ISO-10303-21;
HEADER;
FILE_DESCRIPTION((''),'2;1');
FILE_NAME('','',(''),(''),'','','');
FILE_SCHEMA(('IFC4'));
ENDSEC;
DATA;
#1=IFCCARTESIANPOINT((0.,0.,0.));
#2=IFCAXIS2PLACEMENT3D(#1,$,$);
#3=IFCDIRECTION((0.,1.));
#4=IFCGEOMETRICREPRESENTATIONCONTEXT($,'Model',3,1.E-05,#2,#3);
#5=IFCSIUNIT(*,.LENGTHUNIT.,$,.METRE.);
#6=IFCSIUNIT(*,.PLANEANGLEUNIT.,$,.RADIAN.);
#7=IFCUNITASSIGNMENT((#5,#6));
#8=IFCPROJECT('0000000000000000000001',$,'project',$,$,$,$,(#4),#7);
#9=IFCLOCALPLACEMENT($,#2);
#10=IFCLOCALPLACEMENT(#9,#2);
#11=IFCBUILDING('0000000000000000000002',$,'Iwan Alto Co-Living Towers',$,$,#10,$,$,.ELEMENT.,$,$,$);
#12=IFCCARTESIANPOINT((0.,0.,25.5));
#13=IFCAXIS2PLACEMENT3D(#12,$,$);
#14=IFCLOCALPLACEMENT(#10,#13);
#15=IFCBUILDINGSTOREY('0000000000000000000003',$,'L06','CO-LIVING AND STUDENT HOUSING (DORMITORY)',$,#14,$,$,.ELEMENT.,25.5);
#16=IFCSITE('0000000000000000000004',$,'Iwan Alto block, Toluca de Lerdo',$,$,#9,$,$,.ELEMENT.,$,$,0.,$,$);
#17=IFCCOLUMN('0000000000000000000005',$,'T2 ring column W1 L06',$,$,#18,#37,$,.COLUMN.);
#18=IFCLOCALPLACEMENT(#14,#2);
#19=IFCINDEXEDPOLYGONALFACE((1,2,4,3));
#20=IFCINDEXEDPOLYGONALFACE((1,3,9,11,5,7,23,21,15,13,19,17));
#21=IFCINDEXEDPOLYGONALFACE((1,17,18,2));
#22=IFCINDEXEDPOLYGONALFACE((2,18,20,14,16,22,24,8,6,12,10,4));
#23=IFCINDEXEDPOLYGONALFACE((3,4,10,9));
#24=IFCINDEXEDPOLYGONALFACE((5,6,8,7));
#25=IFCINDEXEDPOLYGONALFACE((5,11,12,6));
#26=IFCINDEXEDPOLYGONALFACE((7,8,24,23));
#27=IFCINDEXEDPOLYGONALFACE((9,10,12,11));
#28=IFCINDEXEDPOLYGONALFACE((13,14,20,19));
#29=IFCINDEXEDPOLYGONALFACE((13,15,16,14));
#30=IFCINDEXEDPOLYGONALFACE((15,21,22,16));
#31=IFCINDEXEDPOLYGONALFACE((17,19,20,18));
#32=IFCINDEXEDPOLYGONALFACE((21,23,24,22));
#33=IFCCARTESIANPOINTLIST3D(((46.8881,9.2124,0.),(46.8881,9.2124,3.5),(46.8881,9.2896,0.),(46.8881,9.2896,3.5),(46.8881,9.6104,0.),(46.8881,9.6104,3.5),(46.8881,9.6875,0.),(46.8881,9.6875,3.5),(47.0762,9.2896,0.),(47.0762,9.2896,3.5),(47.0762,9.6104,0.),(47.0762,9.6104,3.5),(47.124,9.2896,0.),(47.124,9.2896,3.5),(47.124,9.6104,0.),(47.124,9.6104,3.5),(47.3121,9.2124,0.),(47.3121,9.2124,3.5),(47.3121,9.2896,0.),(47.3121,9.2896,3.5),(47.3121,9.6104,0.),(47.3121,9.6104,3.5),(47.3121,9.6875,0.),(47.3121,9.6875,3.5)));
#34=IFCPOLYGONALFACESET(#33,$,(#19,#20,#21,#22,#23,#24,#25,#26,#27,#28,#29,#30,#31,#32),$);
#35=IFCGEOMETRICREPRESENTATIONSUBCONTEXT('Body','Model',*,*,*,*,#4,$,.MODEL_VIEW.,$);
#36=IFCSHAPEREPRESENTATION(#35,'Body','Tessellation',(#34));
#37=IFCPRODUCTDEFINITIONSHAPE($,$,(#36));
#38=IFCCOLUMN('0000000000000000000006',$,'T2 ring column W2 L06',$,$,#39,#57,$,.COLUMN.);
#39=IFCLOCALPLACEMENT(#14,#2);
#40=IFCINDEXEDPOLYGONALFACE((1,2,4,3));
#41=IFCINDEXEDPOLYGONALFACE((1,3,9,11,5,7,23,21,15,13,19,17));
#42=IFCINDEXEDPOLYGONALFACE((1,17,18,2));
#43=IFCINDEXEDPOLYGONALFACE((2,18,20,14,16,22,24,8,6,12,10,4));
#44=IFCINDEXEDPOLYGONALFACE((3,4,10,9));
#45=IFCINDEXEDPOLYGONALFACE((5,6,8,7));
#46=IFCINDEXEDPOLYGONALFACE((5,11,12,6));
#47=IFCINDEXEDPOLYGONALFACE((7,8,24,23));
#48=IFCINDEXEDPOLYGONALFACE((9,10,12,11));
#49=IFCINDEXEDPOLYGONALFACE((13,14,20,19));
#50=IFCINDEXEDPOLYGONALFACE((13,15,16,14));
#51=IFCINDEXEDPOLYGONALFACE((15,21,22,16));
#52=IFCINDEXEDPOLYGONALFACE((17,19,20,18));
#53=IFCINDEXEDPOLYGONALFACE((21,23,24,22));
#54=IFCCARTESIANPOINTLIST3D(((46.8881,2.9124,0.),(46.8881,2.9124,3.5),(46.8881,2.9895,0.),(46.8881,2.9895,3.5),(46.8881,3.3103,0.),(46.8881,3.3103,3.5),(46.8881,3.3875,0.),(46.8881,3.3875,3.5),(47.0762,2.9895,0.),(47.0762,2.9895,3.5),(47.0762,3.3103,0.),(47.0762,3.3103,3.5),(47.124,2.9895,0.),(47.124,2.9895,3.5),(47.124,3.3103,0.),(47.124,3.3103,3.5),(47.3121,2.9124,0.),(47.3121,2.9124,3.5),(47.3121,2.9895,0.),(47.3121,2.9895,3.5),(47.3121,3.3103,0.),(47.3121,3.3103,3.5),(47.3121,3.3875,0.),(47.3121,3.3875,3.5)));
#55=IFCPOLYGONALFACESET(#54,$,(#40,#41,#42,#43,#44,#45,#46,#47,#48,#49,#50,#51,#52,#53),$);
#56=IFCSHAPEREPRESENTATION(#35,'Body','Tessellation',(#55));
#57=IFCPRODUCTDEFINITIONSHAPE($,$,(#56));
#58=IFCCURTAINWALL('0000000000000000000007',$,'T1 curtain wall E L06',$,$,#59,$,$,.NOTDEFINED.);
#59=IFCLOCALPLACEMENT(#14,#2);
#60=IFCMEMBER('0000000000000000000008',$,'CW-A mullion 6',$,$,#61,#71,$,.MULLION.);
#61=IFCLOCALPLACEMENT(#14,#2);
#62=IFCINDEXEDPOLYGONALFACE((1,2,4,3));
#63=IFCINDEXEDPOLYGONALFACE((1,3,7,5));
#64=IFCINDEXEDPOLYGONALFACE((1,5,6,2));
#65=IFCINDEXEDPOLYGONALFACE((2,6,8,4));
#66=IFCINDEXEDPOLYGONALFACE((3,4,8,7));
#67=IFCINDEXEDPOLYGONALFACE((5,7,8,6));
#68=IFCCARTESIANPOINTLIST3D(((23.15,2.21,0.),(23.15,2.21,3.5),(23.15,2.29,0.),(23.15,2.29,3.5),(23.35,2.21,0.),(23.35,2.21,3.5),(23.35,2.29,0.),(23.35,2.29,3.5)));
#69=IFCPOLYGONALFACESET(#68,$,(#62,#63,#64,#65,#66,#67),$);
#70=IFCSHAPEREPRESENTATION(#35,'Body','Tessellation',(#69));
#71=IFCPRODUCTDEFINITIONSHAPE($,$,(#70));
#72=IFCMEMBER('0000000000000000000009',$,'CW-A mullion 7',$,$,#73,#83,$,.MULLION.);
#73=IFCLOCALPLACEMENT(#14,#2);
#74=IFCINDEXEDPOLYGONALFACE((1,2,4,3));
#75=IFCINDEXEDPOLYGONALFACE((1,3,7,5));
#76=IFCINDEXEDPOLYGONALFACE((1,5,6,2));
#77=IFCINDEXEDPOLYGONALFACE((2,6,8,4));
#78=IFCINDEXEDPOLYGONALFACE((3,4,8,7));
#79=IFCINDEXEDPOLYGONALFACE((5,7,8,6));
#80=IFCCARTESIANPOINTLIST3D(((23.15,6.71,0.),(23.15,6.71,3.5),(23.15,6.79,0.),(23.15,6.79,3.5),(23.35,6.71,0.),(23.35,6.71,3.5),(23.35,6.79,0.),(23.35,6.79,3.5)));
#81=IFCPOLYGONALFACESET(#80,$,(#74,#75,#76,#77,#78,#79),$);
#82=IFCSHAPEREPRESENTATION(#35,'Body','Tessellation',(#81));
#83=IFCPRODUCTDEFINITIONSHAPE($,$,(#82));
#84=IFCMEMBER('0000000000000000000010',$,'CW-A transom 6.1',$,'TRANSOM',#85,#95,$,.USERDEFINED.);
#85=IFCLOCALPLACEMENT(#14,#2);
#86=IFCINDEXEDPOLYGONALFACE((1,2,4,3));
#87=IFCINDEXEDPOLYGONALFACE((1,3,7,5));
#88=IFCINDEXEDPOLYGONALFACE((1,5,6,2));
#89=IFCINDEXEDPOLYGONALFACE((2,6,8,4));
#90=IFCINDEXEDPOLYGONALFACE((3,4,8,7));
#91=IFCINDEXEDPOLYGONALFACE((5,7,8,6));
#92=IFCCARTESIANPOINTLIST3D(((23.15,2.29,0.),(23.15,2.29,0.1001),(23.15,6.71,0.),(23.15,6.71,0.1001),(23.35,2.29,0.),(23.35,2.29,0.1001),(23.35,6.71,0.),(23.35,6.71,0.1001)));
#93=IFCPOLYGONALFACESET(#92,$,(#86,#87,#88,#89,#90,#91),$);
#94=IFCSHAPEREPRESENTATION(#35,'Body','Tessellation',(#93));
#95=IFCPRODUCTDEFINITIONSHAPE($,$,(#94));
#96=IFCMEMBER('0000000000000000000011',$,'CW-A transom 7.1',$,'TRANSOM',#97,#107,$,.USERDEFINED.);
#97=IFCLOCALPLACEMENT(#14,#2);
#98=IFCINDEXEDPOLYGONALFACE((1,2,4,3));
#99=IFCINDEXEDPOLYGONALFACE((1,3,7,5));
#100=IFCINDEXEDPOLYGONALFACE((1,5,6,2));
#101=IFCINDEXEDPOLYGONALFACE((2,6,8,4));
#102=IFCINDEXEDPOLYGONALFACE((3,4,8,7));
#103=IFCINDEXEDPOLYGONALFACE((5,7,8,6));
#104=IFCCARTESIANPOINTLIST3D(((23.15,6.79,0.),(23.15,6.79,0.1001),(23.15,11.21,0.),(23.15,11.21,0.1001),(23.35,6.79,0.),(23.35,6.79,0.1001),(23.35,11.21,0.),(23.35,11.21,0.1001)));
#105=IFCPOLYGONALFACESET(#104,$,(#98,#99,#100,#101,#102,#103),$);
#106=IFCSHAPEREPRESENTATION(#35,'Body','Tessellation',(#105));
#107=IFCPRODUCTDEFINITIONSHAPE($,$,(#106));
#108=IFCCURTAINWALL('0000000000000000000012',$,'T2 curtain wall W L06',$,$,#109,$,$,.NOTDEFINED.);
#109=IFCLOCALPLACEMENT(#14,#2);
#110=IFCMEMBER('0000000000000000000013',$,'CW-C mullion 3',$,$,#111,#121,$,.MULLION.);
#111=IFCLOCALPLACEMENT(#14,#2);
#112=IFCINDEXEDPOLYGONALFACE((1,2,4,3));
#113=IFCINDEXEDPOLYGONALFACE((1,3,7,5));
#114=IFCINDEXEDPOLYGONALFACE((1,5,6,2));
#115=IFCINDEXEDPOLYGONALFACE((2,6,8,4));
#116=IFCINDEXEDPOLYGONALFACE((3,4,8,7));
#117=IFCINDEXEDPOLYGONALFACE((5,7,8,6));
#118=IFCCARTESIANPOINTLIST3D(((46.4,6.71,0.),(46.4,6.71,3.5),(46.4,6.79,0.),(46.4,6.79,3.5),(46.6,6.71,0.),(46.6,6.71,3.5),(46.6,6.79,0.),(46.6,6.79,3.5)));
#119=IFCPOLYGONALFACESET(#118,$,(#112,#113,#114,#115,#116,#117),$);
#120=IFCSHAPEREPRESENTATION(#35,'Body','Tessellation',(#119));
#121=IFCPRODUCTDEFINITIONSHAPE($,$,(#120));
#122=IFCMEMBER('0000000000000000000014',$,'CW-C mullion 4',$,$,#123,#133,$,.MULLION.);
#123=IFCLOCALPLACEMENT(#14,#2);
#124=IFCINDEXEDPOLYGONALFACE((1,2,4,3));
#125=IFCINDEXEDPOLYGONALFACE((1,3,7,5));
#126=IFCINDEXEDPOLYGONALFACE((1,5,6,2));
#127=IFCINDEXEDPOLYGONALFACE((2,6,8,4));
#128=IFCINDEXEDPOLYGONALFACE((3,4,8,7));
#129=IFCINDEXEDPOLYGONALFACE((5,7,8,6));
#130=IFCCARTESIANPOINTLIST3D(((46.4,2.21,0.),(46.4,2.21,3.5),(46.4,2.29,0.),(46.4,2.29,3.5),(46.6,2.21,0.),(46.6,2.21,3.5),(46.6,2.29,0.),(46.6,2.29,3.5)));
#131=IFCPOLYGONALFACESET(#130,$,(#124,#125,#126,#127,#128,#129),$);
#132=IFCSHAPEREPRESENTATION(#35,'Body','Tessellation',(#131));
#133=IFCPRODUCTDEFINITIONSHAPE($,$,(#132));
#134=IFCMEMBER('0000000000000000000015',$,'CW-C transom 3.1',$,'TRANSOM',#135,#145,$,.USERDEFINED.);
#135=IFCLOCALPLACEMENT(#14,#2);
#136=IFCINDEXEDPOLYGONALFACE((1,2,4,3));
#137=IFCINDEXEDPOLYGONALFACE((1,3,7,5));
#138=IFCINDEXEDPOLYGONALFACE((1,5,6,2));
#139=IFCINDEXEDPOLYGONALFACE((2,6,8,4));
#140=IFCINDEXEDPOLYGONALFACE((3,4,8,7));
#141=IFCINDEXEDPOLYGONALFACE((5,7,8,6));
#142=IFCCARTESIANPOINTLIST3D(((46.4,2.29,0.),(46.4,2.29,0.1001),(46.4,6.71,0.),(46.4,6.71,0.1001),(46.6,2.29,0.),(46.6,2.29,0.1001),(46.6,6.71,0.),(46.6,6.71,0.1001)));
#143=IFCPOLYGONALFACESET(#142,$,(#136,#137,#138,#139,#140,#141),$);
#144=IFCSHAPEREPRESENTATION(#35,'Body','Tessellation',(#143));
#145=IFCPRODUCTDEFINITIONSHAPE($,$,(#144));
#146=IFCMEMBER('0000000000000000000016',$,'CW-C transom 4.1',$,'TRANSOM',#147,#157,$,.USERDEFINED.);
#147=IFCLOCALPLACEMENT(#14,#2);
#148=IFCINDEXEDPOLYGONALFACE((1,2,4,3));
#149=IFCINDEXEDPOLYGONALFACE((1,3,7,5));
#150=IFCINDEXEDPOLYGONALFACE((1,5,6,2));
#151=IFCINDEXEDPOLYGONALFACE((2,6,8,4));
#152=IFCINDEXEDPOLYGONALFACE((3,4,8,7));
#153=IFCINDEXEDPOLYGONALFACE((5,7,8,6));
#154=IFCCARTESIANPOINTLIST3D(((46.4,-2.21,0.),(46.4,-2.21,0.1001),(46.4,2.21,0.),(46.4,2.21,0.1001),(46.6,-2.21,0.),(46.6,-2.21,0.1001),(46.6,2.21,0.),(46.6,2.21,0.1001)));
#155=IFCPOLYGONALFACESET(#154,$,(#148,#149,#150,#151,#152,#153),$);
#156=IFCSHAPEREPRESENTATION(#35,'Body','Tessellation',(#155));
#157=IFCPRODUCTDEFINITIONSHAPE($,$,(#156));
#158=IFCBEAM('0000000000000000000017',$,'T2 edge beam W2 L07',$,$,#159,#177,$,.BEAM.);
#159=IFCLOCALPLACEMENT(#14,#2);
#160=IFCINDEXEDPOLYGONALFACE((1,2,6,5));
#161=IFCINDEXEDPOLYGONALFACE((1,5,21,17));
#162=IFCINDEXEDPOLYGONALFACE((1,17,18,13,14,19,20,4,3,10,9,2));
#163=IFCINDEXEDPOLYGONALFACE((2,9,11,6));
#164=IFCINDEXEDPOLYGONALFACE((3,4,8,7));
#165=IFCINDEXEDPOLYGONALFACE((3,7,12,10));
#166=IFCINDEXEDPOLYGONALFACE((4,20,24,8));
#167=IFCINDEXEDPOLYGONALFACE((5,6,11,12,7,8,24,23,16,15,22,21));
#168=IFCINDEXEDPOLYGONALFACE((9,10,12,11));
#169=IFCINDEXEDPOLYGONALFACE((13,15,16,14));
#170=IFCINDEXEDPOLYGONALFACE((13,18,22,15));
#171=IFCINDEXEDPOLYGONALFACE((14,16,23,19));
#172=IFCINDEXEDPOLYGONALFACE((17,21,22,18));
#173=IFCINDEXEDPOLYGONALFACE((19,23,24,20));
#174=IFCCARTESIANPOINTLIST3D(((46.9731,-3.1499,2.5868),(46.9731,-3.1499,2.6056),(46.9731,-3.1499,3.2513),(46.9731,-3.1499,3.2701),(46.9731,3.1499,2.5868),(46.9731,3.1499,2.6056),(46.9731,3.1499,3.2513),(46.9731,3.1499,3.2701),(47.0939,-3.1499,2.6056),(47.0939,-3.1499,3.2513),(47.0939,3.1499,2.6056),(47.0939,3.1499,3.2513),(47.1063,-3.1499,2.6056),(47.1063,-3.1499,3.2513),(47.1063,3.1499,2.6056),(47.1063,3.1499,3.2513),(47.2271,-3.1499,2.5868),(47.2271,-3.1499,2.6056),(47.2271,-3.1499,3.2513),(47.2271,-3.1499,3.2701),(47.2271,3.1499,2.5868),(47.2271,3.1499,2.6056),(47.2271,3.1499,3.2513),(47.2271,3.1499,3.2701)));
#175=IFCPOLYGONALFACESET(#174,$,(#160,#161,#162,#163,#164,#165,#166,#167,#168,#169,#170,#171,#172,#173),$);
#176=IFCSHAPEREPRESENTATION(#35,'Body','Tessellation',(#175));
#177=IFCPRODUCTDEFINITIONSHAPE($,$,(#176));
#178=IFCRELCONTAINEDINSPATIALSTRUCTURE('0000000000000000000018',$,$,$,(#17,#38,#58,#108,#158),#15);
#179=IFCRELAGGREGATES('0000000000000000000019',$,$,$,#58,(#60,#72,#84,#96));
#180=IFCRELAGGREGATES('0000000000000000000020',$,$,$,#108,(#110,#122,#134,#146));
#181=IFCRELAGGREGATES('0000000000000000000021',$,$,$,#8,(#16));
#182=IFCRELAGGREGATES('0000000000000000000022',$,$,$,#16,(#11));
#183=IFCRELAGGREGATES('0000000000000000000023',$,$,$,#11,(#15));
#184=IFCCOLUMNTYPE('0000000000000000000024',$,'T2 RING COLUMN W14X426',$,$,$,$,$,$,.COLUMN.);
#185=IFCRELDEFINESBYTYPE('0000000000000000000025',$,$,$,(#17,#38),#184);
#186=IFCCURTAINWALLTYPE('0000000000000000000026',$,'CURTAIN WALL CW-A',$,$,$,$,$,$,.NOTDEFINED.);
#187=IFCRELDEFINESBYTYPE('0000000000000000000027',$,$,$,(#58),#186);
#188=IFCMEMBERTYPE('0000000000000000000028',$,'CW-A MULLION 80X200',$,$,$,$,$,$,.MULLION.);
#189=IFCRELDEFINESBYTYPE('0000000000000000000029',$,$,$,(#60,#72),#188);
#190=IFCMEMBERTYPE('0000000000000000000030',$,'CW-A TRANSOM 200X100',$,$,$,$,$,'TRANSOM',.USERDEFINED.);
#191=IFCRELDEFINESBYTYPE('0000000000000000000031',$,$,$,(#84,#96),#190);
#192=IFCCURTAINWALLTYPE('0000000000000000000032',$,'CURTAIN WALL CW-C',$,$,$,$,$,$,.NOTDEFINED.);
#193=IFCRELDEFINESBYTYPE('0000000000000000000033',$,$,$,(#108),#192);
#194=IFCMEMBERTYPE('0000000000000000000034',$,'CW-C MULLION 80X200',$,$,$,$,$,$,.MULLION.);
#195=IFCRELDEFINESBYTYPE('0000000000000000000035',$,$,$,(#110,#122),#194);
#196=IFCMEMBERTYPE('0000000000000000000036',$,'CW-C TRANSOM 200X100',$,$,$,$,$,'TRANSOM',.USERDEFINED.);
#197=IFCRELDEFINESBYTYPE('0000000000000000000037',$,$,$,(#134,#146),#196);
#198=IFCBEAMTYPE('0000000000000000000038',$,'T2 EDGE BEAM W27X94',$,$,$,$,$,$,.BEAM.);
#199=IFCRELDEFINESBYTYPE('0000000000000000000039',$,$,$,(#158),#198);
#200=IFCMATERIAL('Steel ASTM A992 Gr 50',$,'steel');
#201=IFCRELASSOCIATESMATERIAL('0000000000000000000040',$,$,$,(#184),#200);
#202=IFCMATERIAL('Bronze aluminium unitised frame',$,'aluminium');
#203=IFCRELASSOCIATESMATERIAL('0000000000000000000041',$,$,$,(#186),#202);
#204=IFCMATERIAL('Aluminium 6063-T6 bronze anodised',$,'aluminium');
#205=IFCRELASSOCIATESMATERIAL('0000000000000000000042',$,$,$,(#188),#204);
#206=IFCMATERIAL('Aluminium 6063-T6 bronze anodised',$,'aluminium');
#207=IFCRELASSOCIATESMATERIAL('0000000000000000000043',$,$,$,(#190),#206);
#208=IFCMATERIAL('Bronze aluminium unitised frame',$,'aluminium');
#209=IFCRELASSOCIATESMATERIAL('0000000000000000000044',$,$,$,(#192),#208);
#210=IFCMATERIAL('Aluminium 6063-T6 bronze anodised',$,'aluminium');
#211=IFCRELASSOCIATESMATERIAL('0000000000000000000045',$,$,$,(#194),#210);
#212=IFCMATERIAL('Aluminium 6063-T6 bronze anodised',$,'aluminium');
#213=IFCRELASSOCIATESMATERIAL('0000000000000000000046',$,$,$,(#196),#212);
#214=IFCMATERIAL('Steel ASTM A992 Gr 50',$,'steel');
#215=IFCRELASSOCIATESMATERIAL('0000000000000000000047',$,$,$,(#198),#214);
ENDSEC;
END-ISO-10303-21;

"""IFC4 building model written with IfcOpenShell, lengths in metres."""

from ifc_helpers import new_model, si_unit, direction, frame, origin, origin_2d, place, context, subcontext, project, spatial, rectangle, i_section, extrude, material, material_profile, profile_set, type_object, element, aggregate, save


model = new_model("IFC4")

# Units and contexts
model_context = context("Model", 3, precision=1e-05, world=origin(), true_north=direction((0.0, 1.0)))
body_context = subcontext(model_context, "Body", "Model", "MODEL_VIEW")
ifc_project = project(units=[si_unit("LENGTHUNIT", "METRE"), si_unit("PLANEANGLEUNIT", "RADIAN")], contexts=[model_context])

# Site, building, storey
site_placement = place(None, origin())
site = spatial("IfcSite", under=ifc_project, at=site_placement, Name="Iwan Alto block, Toluca de Lerdo", CompositionType="ELEMENT", RefElevation=0.0)
building_placement = place(site_placement, origin())
building = spatial("IfcBuilding", under=site, at=building_placement, Name="Iwan Alto Co-Living Towers", CompositionType="ELEMENT")
storey_placement = place(building_placement, frame((0.0, 0.0, 25.5)))
storey = spatial("IfcBuildingStorey", under=building, at=storey_placement, Name="L06", Description="CO-LIVING AND STUDENT HOUSING (DORMITORY)", CompositionType="ELEMENT", Elevation=25.5)

# Columns
ifc_material_1 = material(Name="Steel ASTM A992 Gr 50", Category="steel")
ifc_material_profile_1 = material_profile(ifc_material_1, i_section(OverallWidth=0.4241, OverallDepth=0.4751, WebThickness=0.0479, FlangeThickness=0.0771, at=origin_2d()), Name="W14X426")
ifc_profile_set_1 = profile_set([ifc_material_profile_1], Name="Steel ASTM A992 Gr 50")
column_type = type_object("IfcColumnType", Name="T2 RING COLUMN W14X426", PredefinedType="COLUMN", material=ifc_profile_set_1)
for number, where, z_axis, x_axis, name in (
    (1, (47.1001, 9.45, 0.0), (0.0, 0.0, 1.0), (1.0, 0.0, 0.0), "T2 ring column W1 L06"),
    (2, (47.1001, 3.1499, 0.0), (0.0, 0.0, 1.0), (1.0, 0.0, 0.0), "T2 ring column W2 L06"),
):
    element("IfcColumn", number, at=place(storey_placement, frame(where, z_axis=z_axis, x_axis=x_axis)), inside=storey, type_object=column_type, Name=name, PredefinedType="COLUMN", context=body_context, shape_type="SweptSolid", body=[
        extrude(i_section(OverallWidth=0.4241, OverallDepth=0.4751, WebThickness=0.0479, FlangeThickness=0.0771, at=origin_2d()), origin(), (0.0, 0.0, 1.0), 3.5),
    ])

# Curtain walls, members
ifc_material_2 = material(Name="Bronze aluminium unitised frame", Category="aluminium")
curtain_wall_type_1 = type_object("IfcCurtainWallType", Name="CURTAIN WALL CW-A", PredefinedType="NOTDEFINED", material=ifc_material_2)
curtain_wall_1_placement = place(storey_placement, origin())
curtain_wall_1 = element("IfcCurtainWall", 3, at=curtain_wall_1_placement, inside=storey, type_object=curtain_wall_type_1, Name="T1 curtain wall E L06", PredefinedType="NOTDEFINED")
ifc_material_3 = material(Name="Aluminium 6063-T6 bronze anodised", Category="aluminium")
ifc_material_profile_2 = material_profile(ifc_material_3, rectangle(XDim=0.2, YDim=0.0801, at=origin_2d()), Name="AL 80X200")
ifc_profile_set_2 = profile_set([ifc_material_profile_2], Name="Aluminium 6063-T6 bronze anodised")
member_type_1 = type_object("IfcMemberType", Name="CW-A MULLION 80X200", PredefinedType="MULLION", material=ifc_profile_set_2)
member_1_placement = place(storey_placement, frame((23.25, 2.25, 0.0), z_axis=(0.0, 0.0, 1.0), x_axis=(-1.0, 0.0, 0.0)))
member_1 = element("IfcMember", 4, at=member_1_placement, type_object=member_type_1, Name="CW-A mullion 6", PredefinedType="MULLION", context=body_context, shape_type="SweptSolid", body=[
    extrude(rectangle(XDim=0.2, YDim=0.0801, at=origin_2d()), origin(), (0.0, 0.0, 1.0), 3.5),
])
member_2_placement = place(storey_placement, frame((23.25, 6.75, 0.0), z_axis=(0.0, 0.0, 1.0), x_axis=(-1.0, 0.0, 0.0)))
member_2 = element("IfcMember", 5, at=member_2_placement, type_object=member_type_1, Name="CW-A mullion 7", PredefinedType="MULLION", context=body_context, shape_type="SweptSolid", body=[
    extrude(rectangle(XDim=0.2, YDim=0.0801, at=origin_2d()), origin(), (0.0, 0.0, 1.0), 3.5),
])
ifc_material_4 = material(Name="Aluminium 6063-T6 bronze anodised", Category="aluminium")
ifc_material_profile_3 = material_profile(ifc_material_4, rectangle(XDim=0.2, YDim=0.1001, at=origin_2d()), Name="AL 200X100")
ifc_profile_set_3 = profile_set([ifc_material_profile_3], Name="Aluminium 6063-T6 bronze anodised")
member_type_2 = type_object("IfcMemberType", Name="CW-A TRANSOM 200X100", ElementType="TRANSOM", PredefinedType="USERDEFINED", material=ifc_profile_set_3)
member_3_placement = place(storey_placement, frame((23.25, 2.29, 0.05), z_axis=(0.0, 1.0, 0.0), x_axis=(-1.0, 0.0, 0.0)))
member_3 = element("IfcMember", 6, at=member_3_placement, type_object=member_type_2, Name="CW-A transom 6.1", ObjectType="TRANSOM", PredefinedType="USERDEFINED", context=body_context, shape_type="SweptSolid", body=[
    extrude(rectangle(XDim=0.2, YDim=0.1001, at=origin_2d()), origin(), (0.0, 0.0, 1.0), 4.4199),
])
member_4_placement = place(storey_placement, frame((23.25, 6.79, 0.05), z_axis=(0.0, 1.0, 0.0), x_axis=(-1.0, 0.0, 0.0)))
member_4 = element("IfcMember", 7, at=member_4_placement, type_object=member_type_2, Name="CW-A transom 7.1", ObjectType="TRANSOM", PredefinedType="USERDEFINED", context=body_context, shape_type="SweptSolid", body=[
    extrude(rectangle(XDim=0.2, YDim=0.1001, at=origin_2d()), origin(), (0.0, 0.0, 1.0), 4.4199),
])
ifc_material_5 = material(Name="Bronze aluminium unitised frame", Category="aluminium")
curtain_wall_type_2 = type_object("IfcCurtainWallType", Name="CURTAIN WALL CW-C", PredefinedType="NOTDEFINED", material=ifc_material_5)
curtain_wall_2_placement = place(storey_placement, origin())
curtain_wall_2 = element("IfcCurtainWall", 8, at=curtain_wall_2_placement, inside=storey, type_object=curtain_wall_type_2, Name="T2 curtain wall W L06", PredefinedType="NOTDEFINED")
ifc_material_6 = material(Name="Aluminium 6063-T6 bronze anodised", Category="aluminium")
ifc_material_profile_4 = material_profile(ifc_material_6, rectangle(XDim=0.2, YDim=0.0801, at=origin_2d()), Name="AL 80X200")
ifc_profile_set_4 = profile_set([ifc_material_profile_4], Name="Aluminium 6063-T6 bronze anodised")
member_type_3 = type_object("IfcMemberType", Name="CW-C MULLION 80X200", PredefinedType="MULLION", material=ifc_profile_set_4)
member_5_placement = place(storey_placement, frame((46.5, 6.75, 0.0), z_axis=(0.0, 0.0, 1.0), x_axis=(1.0, 0.0, 0.0)))
member_5 = element("IfcMember", 9, at=member_5_placement, type_object=member_type_3, Name="CW-C mullion 3", PredefinedType="MULLION", context=body_context, shape_type="SweptSolid", body=[
    extrude(rectangle(XDim=0.2, YDim=0.0801, at=origin_2d()), origin(), (0.0, 0.0, 1.0), 3.5),
])
member_6_placement = place(storey_placement, frame((46.5, 2.25, 0.0), z_axis=(0.0, 0.0, 1.0), x_axis=(1.0, 0.0, 0.0)))
member_6 = element("IfcMember", 10, at=member_6_placement, type_object=member_type_3, Name="CW-C mullion 4", PredefinedType="MULLION", context=body_context, shape_type="SweptSolid", body=[
    extrude(rectangle(XDim=0.2, YDim=0.0801, at=origin_2d()), origin(), (0.0, 0.0, 1.0), 3.5),
])
ifc_material_7 = material(Name="Aluminium 6063-T6 bronze anodised", Category="aluminium")
ifc_material_profile_5 = material_profile(ifc_material_7, rectangle(XDim=0.2, YDim=0.1001, at=origin_2d()), Name="AL 200X100")
ifc_profile_set_5 = profile_set([ifc_material_profile_5], Name="Aluminium 6063-T6 bronze anodised")
member_type_4 = type_object("IfcMemberType", Name="CW-C TRANSOM 200X100", ElementType="TRANSOM", PredefinedType="USERDEFINED", material=ifc_profile_set_5)
member_7_placement = place(storey_placement, frame((46.5, 6.71, 0.05), z_axis=(0.0, -1.0, 0.0), x_axis=(1.0, 0.0, 0.0)))
member_7 = element("IfcMember", 11, at=member_7_placement, type_object=member_type_4, Name="CW-C transom 3.1", ObjectType="TRANSOM", PredefinedType="USERDEFINED", context=body_context, shape_type="SweptSolid", body=[
    extrude(rectangle(XDim=0.2, YDim=0.1001, at=origin_2d()), origin(), (0.0, 0.0, 1.0), 4.4199),
])
member_8_placement = place(storey_placement, frame((46.5, 2.21, 0.05), z_axis=(0.0, -1.0, 0.0), x_axis=(1.0, 0.0, 0.0)))
member_8 = element("IfcMember", 12, at=member_8_placement, type_object=member_type_4, Name="CW-C transom 4.1", ObjectType="TRANSOM", PredefinedType="USERDEFINED", context=body_context, shape_type="SweptSolid", body=[
    extrude(rectangle(XDim=0.2, YDim=0.1001, at=origin_2d()), origin(), (0.0, 0.0, 1.0), 4.4199),
])

# Beam
ifc_material_8 = material(Name="Steel ASTM A992 Gr 50", Category="steel")
ifc_material_profile_6 = material_profile(ifc_material_8, i_section(OverallWidth=0.2539, OverallDepth=0.6833, WebThickness=0.0125, FlangeThickness=0.0188, at=origin_2d()), Name="W27X94")
ifc_profile_set_6 = profile_set([ifc_material_profile_6], Name="Steel ASTM A992 Gr 50")
beam_type_1 = type_object("IfcBeamType", Name="T2 EDGE BEAM W27X94", PredefinedType="BEAM", material=ifc_profile_set_6)
beam_1_placement = place(storey_placement, frame((47.1001, 3.1499, 2.9285), z_axis=(0.0, -1.0, 0.0), x_axis=(1.0, 0.0, 0.0)))
element("IfcBeam", 13, at=beam_1_placement, inside=storey, type_object=beam_type_1, Name="T2 edge beam W2 L07", PredefinedType="BEAM", context=body_context, shape_type="SweptSolid", body=[
    extrude(i_section(OverallWidth=0.2539, OverallDepth=0.6833, WebThickness=0.0125, FlangeThickness=0.0188, at=origin_2d()), origin(), (0.0, 0.0, 1.0), 6.2998),
])

aggregate(curtain_wall_1, [member_1, member_2, member_3, member_4])
aggregate(curtain_wall_2, [member_5, member_6, member_7, member_8])

save(model, "model.ifc")
